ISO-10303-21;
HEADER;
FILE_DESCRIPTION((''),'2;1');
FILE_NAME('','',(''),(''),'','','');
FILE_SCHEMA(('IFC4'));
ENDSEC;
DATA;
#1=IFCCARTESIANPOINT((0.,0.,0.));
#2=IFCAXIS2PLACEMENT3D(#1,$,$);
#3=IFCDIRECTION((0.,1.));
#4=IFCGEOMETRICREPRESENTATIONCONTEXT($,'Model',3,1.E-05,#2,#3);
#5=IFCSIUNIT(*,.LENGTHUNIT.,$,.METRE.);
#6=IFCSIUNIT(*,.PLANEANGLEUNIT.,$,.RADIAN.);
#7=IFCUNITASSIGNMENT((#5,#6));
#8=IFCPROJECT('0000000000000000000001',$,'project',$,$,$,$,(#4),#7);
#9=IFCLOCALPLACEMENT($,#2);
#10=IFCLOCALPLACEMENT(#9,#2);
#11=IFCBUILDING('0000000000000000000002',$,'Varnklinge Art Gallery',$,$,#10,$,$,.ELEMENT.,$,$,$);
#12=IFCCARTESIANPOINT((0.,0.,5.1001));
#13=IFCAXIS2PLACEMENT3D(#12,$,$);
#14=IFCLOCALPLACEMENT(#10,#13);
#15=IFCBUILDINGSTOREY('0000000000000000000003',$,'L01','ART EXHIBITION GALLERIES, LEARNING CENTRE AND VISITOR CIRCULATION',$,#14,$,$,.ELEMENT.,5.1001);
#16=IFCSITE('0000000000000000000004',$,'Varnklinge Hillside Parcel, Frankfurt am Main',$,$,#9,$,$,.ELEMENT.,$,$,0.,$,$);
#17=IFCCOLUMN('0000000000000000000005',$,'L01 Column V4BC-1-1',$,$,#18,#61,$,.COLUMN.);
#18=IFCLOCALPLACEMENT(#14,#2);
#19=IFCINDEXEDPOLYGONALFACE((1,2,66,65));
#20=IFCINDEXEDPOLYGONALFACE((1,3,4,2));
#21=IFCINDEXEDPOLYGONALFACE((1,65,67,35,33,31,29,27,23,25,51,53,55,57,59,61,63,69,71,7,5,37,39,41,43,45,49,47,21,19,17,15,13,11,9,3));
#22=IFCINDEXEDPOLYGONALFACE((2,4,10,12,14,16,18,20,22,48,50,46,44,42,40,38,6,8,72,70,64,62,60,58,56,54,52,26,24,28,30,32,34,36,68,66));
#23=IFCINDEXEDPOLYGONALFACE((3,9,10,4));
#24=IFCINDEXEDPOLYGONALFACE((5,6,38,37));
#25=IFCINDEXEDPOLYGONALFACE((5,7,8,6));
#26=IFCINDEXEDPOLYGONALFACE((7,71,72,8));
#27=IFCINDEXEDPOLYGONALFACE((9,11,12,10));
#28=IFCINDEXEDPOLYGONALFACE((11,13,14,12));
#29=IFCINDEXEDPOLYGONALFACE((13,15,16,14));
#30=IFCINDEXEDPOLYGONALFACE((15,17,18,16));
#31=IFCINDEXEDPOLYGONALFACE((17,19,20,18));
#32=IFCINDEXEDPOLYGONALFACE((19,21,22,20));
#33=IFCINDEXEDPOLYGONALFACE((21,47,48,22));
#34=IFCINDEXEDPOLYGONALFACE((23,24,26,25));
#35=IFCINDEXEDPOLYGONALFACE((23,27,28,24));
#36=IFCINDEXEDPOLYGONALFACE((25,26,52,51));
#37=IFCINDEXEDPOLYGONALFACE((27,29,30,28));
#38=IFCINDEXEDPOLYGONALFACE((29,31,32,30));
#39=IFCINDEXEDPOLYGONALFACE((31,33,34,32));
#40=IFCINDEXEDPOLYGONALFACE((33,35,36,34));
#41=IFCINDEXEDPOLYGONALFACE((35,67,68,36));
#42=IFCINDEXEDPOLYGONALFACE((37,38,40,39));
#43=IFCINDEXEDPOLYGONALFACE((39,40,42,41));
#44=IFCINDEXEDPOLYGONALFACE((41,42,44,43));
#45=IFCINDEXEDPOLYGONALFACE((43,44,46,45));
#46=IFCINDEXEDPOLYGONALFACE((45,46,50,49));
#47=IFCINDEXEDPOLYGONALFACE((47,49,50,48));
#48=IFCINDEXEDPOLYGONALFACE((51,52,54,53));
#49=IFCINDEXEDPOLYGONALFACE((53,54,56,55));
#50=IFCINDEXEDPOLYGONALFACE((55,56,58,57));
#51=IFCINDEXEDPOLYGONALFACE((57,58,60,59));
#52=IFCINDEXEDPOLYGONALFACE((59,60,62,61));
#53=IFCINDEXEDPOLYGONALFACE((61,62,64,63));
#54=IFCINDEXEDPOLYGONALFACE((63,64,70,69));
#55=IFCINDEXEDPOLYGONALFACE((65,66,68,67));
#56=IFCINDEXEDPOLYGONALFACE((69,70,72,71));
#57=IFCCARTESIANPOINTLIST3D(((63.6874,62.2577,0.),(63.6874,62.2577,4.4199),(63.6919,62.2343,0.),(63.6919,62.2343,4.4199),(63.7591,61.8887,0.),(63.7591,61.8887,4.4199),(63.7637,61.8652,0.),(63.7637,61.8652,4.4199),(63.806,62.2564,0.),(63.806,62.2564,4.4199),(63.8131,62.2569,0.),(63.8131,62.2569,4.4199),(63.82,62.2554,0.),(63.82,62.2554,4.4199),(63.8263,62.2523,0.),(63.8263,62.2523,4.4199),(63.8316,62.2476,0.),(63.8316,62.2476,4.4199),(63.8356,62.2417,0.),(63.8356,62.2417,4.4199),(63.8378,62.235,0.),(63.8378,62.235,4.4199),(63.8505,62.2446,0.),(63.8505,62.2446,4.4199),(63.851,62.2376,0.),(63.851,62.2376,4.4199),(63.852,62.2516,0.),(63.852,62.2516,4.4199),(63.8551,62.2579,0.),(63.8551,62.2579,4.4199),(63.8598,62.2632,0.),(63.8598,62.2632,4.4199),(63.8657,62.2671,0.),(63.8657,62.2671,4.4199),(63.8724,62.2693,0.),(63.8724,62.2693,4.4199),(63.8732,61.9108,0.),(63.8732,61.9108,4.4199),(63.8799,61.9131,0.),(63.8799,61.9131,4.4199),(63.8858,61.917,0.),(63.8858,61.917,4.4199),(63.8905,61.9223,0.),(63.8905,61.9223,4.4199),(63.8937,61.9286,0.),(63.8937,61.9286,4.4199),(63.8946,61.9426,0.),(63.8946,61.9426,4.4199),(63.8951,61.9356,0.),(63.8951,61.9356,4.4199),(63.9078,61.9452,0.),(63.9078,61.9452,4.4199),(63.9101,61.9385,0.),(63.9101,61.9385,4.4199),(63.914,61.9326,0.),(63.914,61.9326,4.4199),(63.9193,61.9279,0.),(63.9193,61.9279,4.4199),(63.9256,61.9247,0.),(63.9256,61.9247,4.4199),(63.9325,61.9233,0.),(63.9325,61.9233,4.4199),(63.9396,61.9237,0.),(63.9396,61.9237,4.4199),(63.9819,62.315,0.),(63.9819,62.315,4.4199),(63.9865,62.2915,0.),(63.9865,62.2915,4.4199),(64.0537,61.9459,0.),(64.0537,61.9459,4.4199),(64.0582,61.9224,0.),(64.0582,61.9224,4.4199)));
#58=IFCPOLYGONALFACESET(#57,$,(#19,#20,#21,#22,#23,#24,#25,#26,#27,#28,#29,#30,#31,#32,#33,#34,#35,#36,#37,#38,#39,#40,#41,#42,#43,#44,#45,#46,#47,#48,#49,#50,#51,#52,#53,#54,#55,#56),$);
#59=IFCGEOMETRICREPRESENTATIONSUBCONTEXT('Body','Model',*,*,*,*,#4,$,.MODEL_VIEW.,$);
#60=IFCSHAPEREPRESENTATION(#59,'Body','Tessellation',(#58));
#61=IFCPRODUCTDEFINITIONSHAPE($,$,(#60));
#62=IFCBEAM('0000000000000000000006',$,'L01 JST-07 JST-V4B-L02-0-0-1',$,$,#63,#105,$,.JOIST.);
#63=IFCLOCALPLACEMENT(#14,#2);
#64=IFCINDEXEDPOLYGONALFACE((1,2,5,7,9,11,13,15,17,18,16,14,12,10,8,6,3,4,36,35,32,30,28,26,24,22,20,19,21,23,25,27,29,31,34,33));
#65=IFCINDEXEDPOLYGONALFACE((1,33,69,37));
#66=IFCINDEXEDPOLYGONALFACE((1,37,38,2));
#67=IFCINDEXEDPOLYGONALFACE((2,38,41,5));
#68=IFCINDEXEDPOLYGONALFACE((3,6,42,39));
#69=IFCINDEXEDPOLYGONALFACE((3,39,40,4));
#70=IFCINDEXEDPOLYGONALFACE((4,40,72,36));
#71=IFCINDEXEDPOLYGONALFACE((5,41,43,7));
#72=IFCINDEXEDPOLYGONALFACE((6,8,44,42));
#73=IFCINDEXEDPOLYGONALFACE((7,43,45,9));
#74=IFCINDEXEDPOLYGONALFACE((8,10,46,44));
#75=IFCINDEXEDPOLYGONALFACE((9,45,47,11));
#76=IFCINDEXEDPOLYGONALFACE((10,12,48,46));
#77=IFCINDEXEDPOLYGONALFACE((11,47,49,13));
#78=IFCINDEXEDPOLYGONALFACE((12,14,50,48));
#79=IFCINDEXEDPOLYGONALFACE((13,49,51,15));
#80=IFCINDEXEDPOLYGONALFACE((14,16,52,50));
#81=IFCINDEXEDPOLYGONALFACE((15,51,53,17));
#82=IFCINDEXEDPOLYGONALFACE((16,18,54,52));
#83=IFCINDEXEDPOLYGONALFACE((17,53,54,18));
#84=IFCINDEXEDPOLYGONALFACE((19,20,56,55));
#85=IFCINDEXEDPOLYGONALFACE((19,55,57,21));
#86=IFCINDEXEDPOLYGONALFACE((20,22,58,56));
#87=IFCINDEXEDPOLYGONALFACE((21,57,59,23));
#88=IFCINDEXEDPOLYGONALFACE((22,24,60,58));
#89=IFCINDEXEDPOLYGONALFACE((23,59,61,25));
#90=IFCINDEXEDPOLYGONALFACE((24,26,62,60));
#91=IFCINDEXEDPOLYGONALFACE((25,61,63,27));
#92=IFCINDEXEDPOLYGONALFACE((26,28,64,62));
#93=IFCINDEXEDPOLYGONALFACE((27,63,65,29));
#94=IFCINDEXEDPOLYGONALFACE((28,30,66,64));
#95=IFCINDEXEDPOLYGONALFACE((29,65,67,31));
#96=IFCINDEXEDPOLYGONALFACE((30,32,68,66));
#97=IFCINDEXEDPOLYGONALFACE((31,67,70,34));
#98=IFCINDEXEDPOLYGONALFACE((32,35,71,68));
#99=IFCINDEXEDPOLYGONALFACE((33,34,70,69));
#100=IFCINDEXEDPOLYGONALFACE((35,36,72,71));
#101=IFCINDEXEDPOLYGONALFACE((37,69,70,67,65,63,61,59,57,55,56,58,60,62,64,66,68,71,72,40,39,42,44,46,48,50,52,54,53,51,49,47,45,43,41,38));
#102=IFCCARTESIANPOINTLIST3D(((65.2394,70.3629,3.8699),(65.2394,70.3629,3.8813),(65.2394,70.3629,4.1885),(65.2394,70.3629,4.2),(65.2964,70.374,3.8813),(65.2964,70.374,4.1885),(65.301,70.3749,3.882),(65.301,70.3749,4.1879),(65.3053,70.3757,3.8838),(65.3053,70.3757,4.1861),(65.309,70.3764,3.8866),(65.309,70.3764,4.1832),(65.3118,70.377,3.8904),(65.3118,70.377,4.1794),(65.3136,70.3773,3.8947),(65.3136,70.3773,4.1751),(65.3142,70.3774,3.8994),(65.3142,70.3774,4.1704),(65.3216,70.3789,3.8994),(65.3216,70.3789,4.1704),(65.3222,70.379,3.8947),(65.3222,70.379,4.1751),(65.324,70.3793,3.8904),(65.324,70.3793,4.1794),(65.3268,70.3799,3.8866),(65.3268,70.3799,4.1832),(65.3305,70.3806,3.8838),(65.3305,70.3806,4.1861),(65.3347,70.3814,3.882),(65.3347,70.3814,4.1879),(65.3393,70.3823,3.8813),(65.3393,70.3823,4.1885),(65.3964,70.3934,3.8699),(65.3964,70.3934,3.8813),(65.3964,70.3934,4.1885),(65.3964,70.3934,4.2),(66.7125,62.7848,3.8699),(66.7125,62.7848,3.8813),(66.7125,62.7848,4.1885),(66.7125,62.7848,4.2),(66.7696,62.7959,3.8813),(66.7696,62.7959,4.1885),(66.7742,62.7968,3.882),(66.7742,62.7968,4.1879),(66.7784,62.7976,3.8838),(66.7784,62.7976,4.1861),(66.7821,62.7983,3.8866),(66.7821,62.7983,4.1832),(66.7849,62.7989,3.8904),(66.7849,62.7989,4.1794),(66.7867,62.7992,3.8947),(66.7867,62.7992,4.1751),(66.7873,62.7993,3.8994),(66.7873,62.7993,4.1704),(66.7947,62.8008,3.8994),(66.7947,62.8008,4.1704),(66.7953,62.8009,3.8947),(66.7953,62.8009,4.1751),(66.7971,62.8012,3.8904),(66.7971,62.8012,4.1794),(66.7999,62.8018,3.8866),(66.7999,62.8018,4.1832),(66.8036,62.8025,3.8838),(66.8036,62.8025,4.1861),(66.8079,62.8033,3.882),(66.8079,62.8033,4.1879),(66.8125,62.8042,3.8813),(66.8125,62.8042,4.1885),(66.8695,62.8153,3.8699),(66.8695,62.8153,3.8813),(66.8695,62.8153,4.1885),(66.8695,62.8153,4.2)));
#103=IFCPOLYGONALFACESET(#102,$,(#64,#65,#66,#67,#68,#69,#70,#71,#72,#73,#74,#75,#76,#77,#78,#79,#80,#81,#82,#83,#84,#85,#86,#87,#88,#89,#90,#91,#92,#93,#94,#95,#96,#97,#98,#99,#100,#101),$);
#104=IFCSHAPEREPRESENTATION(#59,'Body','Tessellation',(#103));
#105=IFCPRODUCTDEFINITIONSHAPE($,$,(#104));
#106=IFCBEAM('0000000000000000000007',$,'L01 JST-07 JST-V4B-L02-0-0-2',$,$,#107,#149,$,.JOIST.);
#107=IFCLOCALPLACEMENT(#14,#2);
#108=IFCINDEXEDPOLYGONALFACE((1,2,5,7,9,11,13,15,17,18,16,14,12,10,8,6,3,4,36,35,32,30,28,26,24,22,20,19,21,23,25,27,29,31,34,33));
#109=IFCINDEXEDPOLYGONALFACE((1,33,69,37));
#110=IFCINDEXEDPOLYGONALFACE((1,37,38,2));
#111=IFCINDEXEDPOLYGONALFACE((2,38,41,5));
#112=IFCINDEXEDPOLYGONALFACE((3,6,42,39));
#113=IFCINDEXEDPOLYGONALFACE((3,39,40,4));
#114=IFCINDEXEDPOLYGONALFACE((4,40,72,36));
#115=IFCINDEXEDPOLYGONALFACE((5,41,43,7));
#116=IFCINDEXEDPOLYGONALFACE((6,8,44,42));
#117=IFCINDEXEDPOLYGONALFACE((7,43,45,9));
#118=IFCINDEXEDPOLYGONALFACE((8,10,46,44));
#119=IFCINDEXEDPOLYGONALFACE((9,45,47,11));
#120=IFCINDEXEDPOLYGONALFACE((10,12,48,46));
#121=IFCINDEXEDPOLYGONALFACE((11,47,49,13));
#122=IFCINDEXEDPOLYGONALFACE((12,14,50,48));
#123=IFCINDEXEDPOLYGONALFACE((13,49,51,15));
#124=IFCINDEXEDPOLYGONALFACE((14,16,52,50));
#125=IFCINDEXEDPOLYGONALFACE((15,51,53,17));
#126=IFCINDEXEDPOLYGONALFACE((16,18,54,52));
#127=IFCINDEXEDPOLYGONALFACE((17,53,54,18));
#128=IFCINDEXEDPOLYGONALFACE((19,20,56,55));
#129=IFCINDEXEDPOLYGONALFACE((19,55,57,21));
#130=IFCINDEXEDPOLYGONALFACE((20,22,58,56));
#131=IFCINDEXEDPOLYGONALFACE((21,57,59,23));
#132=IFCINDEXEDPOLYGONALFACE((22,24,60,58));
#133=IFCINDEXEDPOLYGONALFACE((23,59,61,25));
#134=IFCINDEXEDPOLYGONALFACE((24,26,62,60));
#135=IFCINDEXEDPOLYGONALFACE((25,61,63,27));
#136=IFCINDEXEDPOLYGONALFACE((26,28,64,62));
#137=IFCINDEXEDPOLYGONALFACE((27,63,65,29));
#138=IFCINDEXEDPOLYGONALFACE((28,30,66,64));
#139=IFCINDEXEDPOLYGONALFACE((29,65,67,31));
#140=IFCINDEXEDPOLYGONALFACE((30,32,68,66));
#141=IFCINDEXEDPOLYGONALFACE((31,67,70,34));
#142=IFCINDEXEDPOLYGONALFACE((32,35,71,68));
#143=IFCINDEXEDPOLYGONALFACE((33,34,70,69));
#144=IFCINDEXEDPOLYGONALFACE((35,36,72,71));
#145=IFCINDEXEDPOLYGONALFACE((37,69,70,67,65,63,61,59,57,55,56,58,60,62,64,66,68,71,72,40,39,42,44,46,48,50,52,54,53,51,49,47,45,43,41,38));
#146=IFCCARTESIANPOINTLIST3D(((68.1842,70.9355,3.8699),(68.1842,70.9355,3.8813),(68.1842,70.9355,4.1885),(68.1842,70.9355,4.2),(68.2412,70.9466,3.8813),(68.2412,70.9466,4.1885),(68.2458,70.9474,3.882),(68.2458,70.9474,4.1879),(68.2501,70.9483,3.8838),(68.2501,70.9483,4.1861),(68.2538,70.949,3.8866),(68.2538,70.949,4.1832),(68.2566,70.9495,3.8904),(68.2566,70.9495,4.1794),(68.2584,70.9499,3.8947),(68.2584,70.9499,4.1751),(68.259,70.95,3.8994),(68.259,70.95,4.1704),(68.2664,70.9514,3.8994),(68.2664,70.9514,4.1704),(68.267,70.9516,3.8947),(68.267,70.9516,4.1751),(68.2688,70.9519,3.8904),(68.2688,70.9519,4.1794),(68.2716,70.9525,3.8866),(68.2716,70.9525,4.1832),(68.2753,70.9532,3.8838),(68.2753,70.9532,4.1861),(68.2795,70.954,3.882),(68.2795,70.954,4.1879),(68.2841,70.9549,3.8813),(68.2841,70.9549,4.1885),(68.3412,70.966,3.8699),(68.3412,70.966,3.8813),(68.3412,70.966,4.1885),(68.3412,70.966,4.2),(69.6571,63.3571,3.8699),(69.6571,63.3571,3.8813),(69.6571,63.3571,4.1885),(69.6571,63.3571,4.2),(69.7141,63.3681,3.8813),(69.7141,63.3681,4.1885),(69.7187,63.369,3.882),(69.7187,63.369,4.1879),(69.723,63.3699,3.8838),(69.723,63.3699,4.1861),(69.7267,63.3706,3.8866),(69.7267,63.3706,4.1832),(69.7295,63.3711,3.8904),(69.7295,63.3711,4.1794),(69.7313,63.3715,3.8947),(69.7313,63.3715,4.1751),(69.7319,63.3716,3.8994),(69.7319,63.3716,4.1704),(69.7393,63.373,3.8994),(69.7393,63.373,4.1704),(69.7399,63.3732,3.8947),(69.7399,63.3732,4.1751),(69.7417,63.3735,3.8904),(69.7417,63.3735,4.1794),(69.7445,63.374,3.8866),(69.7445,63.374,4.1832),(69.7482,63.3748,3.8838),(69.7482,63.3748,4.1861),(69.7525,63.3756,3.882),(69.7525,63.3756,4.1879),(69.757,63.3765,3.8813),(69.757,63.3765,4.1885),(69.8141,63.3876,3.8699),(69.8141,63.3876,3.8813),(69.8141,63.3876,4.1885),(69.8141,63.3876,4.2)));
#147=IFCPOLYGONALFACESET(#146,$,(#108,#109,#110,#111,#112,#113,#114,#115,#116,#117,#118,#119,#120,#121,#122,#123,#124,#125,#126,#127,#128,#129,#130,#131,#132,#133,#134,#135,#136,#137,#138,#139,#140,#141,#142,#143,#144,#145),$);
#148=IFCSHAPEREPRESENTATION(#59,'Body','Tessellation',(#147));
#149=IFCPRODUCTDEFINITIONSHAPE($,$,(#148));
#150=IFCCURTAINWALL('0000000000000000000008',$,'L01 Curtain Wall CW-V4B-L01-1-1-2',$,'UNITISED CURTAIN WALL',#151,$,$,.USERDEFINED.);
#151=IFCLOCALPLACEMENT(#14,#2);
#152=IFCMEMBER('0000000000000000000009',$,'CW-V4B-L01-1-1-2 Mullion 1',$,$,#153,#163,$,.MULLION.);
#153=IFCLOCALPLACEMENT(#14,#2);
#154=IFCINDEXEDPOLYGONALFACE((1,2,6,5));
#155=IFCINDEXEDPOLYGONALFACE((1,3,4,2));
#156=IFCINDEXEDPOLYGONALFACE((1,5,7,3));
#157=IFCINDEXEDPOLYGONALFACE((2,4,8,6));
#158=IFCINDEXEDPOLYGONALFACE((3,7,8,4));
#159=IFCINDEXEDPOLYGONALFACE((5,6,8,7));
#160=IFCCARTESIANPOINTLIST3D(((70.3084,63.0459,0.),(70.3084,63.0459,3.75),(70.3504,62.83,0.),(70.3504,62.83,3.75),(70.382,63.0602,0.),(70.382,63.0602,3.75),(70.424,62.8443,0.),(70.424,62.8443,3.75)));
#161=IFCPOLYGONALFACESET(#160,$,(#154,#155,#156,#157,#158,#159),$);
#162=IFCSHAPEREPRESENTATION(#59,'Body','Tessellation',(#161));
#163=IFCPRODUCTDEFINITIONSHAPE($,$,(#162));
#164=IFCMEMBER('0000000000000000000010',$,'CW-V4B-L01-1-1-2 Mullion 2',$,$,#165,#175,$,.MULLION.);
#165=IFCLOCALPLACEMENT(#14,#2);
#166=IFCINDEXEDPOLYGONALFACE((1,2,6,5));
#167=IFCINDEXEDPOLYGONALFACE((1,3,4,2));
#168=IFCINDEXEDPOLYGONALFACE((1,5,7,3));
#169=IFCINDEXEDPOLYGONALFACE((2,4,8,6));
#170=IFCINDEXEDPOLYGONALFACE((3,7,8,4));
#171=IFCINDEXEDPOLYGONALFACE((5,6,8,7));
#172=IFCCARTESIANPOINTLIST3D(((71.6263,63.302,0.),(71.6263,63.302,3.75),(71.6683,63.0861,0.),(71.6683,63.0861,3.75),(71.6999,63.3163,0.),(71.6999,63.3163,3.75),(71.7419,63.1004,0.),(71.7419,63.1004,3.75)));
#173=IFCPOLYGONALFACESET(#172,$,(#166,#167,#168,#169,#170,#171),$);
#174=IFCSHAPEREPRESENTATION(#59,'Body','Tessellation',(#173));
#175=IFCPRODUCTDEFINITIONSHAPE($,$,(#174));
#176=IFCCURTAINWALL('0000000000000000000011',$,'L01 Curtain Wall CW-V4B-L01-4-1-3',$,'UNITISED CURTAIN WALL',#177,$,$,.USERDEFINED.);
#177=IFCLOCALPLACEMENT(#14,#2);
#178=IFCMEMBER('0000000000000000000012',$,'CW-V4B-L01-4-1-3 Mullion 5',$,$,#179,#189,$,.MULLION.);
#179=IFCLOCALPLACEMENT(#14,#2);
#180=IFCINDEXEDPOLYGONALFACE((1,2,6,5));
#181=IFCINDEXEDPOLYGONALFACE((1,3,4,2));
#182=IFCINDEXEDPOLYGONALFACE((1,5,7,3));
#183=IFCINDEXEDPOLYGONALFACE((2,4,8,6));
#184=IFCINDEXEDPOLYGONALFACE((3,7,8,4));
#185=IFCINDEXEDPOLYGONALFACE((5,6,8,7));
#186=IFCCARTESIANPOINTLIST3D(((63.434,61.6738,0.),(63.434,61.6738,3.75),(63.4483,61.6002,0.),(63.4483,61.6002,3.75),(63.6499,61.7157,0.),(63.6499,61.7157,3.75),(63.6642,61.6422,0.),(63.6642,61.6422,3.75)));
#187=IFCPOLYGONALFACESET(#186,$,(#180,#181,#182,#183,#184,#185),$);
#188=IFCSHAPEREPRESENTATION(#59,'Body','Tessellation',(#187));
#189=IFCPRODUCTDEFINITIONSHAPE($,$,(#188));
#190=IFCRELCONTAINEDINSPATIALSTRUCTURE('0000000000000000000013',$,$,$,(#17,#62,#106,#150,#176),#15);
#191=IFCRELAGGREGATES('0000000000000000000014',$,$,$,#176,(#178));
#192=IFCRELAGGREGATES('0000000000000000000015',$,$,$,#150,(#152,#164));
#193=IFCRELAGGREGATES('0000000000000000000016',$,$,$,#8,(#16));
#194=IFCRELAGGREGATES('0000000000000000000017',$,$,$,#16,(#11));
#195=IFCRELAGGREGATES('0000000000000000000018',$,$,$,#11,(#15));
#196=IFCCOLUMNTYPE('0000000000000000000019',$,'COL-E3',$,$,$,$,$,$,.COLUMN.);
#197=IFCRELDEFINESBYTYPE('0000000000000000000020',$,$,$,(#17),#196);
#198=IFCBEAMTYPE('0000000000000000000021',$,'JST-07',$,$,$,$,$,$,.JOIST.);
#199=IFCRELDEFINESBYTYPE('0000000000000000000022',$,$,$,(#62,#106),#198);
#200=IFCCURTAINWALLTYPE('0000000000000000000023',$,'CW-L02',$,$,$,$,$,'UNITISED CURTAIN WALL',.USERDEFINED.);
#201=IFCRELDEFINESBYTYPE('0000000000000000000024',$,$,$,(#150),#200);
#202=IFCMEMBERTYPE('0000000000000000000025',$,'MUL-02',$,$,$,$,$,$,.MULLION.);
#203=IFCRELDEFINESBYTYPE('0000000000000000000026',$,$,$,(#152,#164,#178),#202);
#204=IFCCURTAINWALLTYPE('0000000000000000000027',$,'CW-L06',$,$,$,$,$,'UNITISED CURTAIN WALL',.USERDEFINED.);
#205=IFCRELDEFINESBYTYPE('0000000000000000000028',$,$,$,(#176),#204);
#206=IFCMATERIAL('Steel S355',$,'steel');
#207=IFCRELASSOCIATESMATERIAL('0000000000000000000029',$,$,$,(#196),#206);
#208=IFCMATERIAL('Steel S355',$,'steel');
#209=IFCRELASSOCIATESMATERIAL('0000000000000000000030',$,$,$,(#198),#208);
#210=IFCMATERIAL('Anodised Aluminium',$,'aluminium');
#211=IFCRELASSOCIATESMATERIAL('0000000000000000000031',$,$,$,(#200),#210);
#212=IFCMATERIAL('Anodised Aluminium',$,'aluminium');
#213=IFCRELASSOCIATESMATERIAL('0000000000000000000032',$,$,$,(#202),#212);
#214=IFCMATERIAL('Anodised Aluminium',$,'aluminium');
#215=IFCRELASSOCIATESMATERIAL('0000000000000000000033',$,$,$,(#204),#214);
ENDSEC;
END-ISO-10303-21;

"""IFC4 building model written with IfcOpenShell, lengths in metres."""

from ifc_helpers import new_model, si_unit, direction, frame, origin, origin_2d, place, context, subcontext, project, spatial, rectangle, i_section, extrude, material, material_profile, profile_set, type_object, element, aggregate, save


model = new_model("IFC4")

# Units and contexts
model_context = context("Model", 3, precision=1e-05, world=origin(), true_north=direction((0.0, 1.0)))
body_context = subcontext(model_context, "Body", "Model", "MODEL_VIEW")
ifc_project = project(units=[si_unit("LENGTHUNIT", "METRE"), si_unit("PLANEANGLEUNIT", "RADIAN")], contexts=[model_context])

# Site, building, storey
site_placement = place(None, origin())
site = spatial("IfcSite", under=ifc_project, at=site_placement, Name="Varnklinge Hillside Parcel, Frankfurt am Main", CompositionType="ELEMENT", RefElevation=0.0)
building_placement = place(site_placement, origin())
building = spatial("IfcBuilding", under=site, at=building_placement, Name="Varnklinge Art Gallery", CompositionType="ELEMENT")
storey_placement = place(building_placement, frame((0.0, 0.0, 5.1001)))
storey = spatial("IfcBuildingStorey", under=building, at=storey_placement, Name="L01", Description="ART EXHIBITION GALLERIES, LEARNING CENTRE AND VISITOR CIRCULATION", CompositionType="ELEMENT", Elevation=5.1001)

# Column
ifc_material_1 = material(Name="Steel S355", Category="steel")
ifc_material_profile_1 = material_profile(ifc_material_1, i_section(OverallWidth=0.3, OverallDepth=0.3999, WebThickness=0.0134, FlangeThickness=0.0239, FilletRadius=0.0271, at=origin_2d()), Name="HEB 400")
ifc_profile_set_1 = profile_set([ifc_material_profile_1], Name="Steel S355")
column_type = type_object("IfcColumnType", Name="COL-E3", PredefinedType="COLUMN", material=ifc_profile_set_1)
column_placement = place(storey_placement, frame((63.8728, 62.0901, 0.0), z_axis=(0.0, 0.0, 1.0), x_axis=(0.981627, 0.190809, 0.0)))
element("IfcColumn", 1, at=column_placement, inside=storey, type_object=column_type, Name="L01 Column V4BC-1-1", PredefinedType="COLUMN", context=body_context, shape_type="SweptSolid", body=[
    extrude(i_section(OverallWidth=0.3, OverallDepth=0.3999, WebThickness=0.0134, FlangeThickness=0.0239, FilletRadius=0.0271, at=origin_2d()), origin(), (0.0, 0.0, 1.0), 4.4199),
])

# Beams
ifc_material_2 = material(Name="Steel S355", Category="steel")
ifc_material_profile_2 = material_profile(ifc_material_2, i_section(OverallWidth=0.1599, OverallDepth=0.3301, WebThickness=0.0076, FlangeThickness=0.0115, FilletRadius=0.0181, at=origin_2d()), Name="IPE 330")
ifc_profile_set_2 = profile_set([ifc_material_profile_2], Name="Steel S355")
beam_type_1 = type_object("IfcBeamType", Name="JST-07", PredefinedType="JOIST", material=ifc_profile_set_2)
beam_1_placement = place(storey_placement, frame((66.791, 62.8, 4.0349), z_axis=(-0.190822, 0.981625, 0.0), x_axis=(-0.981625, -0.190822, 0.0)))
element("IfcBeam", 2, at=beam_1_placement, inside=storey, type_object=beam_type_1, Name="L01 JST-07 JST-V4B-L02-0-0-1", PredefinedType="JOIST", context=body_context, shape_type="SweptSolid", body=[
    extrude(i_section(OverallWidth=0.1599, OverallDepth=0.3301, WebThickness=0.0076, FlangeThickness=0.0115, FilletRadius=0.0181, at=origin_2d()), origin(), (0.0, 0.0, 1.0), 7.72),
])
beam_2_placement = place(storey_placement, frame((69.7356, 63.3723, 4.0349), z_axis=(-0.190786, 0.981632, 0.0), x_axis=(-0.981632, -0.190786, 0.0)))
element("IfcBeam", 3, at=beam_2_placement, inside=storey, type_object=beam_type_1, Name="L01 JST-07 JST-V4B-L02-0-0-2", PredefinedType="JOIST", context=body_context, shape_type="SweptSolid", body=[
    extrude(i_section(OverallWidth=0.1599, OverallDepth=0.3301, WebThickness=0.0076, FlangeThickness=0.0115, FilletRadius=0.0181, at=origin_2d()), origin(), (0.0, 0.0, 1.0), 7.7202),
])

# Curtain wall, members
ifc_material_3 = material(Name="Anodised Aluminium", Category="aluminium")
curtain_wall_type_1 = type_object("IfcCurtainWallType", Name="CW-L02", ElementType="UNITISED CURTAIN WALL", PredefinedType="USERDEFINED", material=ifc_material_3)
curtain_wall_1_placement = place(storey_placement, origin())
curtain_wall_1 = element("IfcCurtainWall", 4, at=curtain_wall_1_placement, inside=storey, type_object=curtain_wall_type_1, Name="L01 Curtain Wall CW-V4B-L01-1-1-2", ObjectType="UNITISED CURTAIN WALL", PredefinedType="USERDEFINED")
ifc_material_4 = material(Name="Anodised Aluminium", Category="aluminium")
ifc_material_profile_3 = material_profile(ifc_material_4, rectangle(XDim=0.075, YDim=0.22, at=origin_2d()), Name="ALU 75x220")
ifc_profile_set_3 = profile_set([ifc_material_profile_3], Name="Anodised Aluminium")
member_type_1 = type_object("IfcMemberType", Name="MUL-02", PredefinedType="MULLION", material=ifc_profile_set_3)
member_1_placement = place(storey_placement, frame((70.3662, 62.9451, 0.0), z_axis=(0.0, 0.0, 1.0), x_axis=(0.981627, 0.190809, 0.0)))
member_1 = element("IfcMember", 5, at=member_1_placement, type_object=member_type_1, Name="CW-V4B-L01-1-1-2 Mullion 1", PredefinedType="MULLION", context=body_context, shape_type="SweptSolid", body=[
    extrude(rectangle(XDim=0.075, YDim=0.22, at=origin_2d()), origin(), (0.0, 0.0, 1.0), 3.75),
])
member_2_placement = place(storey_placement, frame((71.6841, 63.2012, 0.0), z_axis=(0.0, 0.0, 1.0), x_axis=(0.981627, 0.190809, 0.0)))
member_2 = element("IfcMember", 6, at=member_2_placement, type_object=member_type_1, Name="CW-V4B-L01-1-1-2 Mullion 2", PredefinedType="MULLION", context=body_context, shape_type="SweptSolid", body=[
    extrude(rectangle(XDim=0.075, YDim=0.22, at=origin_2d()), origin(), (0.0, 0.0, 1.0), 3.75),
])

# Curtain wall, member
ifc_material_5 = material(Name="Anodised Aluminium", Category="aluminium")
curtain_wall_type_2 = type_object("IfcCurtainWallType", Name="CW-L06", ElementType="UNITISED CURTAIN WALL", PredefinedType="USERDEFINED", material=ifc_material_5)
curtain_wall_2_placement = place(storey_placement, origin())
curtain_wall_2 = element("IfcCurtainWall", 7, at=curtain_wall_2_placement, inside=storey, type_object=curtain_wall_type_2, Name="L01 Curtain Wall CW-V4B-L01-4-1-3", ObjectType="UNITISED CURTAIN WALL", PredefinedType="USERDEFINED")
member_3_placement = place(storey_placement, frame((63.5491, 61.658, 0.0), z_axis=(0.0, 0.0, 1.0), x_axis=(0.190809, -0.981627, 0.0)))
member_3 = element("IfcMember", 8, at=member_3_placement, type_object=member_type_1, Name="CW-V4B-L01-4-1-3 Mullion 5", PredefinedType="MULLION", context=body_context, shape_type="SweptSolid", body=[
    extrude(rectangle(XDim=0.075, YDim=0.22, at=origin_2d()), origin(), (0.0, 0.0, 1.0), 3.75),
])
aggregate(curtain_wall_2, [member_3])

aggregate(curtain_wall_1, [member_1, member_2])

save(model, "model.ifc")
